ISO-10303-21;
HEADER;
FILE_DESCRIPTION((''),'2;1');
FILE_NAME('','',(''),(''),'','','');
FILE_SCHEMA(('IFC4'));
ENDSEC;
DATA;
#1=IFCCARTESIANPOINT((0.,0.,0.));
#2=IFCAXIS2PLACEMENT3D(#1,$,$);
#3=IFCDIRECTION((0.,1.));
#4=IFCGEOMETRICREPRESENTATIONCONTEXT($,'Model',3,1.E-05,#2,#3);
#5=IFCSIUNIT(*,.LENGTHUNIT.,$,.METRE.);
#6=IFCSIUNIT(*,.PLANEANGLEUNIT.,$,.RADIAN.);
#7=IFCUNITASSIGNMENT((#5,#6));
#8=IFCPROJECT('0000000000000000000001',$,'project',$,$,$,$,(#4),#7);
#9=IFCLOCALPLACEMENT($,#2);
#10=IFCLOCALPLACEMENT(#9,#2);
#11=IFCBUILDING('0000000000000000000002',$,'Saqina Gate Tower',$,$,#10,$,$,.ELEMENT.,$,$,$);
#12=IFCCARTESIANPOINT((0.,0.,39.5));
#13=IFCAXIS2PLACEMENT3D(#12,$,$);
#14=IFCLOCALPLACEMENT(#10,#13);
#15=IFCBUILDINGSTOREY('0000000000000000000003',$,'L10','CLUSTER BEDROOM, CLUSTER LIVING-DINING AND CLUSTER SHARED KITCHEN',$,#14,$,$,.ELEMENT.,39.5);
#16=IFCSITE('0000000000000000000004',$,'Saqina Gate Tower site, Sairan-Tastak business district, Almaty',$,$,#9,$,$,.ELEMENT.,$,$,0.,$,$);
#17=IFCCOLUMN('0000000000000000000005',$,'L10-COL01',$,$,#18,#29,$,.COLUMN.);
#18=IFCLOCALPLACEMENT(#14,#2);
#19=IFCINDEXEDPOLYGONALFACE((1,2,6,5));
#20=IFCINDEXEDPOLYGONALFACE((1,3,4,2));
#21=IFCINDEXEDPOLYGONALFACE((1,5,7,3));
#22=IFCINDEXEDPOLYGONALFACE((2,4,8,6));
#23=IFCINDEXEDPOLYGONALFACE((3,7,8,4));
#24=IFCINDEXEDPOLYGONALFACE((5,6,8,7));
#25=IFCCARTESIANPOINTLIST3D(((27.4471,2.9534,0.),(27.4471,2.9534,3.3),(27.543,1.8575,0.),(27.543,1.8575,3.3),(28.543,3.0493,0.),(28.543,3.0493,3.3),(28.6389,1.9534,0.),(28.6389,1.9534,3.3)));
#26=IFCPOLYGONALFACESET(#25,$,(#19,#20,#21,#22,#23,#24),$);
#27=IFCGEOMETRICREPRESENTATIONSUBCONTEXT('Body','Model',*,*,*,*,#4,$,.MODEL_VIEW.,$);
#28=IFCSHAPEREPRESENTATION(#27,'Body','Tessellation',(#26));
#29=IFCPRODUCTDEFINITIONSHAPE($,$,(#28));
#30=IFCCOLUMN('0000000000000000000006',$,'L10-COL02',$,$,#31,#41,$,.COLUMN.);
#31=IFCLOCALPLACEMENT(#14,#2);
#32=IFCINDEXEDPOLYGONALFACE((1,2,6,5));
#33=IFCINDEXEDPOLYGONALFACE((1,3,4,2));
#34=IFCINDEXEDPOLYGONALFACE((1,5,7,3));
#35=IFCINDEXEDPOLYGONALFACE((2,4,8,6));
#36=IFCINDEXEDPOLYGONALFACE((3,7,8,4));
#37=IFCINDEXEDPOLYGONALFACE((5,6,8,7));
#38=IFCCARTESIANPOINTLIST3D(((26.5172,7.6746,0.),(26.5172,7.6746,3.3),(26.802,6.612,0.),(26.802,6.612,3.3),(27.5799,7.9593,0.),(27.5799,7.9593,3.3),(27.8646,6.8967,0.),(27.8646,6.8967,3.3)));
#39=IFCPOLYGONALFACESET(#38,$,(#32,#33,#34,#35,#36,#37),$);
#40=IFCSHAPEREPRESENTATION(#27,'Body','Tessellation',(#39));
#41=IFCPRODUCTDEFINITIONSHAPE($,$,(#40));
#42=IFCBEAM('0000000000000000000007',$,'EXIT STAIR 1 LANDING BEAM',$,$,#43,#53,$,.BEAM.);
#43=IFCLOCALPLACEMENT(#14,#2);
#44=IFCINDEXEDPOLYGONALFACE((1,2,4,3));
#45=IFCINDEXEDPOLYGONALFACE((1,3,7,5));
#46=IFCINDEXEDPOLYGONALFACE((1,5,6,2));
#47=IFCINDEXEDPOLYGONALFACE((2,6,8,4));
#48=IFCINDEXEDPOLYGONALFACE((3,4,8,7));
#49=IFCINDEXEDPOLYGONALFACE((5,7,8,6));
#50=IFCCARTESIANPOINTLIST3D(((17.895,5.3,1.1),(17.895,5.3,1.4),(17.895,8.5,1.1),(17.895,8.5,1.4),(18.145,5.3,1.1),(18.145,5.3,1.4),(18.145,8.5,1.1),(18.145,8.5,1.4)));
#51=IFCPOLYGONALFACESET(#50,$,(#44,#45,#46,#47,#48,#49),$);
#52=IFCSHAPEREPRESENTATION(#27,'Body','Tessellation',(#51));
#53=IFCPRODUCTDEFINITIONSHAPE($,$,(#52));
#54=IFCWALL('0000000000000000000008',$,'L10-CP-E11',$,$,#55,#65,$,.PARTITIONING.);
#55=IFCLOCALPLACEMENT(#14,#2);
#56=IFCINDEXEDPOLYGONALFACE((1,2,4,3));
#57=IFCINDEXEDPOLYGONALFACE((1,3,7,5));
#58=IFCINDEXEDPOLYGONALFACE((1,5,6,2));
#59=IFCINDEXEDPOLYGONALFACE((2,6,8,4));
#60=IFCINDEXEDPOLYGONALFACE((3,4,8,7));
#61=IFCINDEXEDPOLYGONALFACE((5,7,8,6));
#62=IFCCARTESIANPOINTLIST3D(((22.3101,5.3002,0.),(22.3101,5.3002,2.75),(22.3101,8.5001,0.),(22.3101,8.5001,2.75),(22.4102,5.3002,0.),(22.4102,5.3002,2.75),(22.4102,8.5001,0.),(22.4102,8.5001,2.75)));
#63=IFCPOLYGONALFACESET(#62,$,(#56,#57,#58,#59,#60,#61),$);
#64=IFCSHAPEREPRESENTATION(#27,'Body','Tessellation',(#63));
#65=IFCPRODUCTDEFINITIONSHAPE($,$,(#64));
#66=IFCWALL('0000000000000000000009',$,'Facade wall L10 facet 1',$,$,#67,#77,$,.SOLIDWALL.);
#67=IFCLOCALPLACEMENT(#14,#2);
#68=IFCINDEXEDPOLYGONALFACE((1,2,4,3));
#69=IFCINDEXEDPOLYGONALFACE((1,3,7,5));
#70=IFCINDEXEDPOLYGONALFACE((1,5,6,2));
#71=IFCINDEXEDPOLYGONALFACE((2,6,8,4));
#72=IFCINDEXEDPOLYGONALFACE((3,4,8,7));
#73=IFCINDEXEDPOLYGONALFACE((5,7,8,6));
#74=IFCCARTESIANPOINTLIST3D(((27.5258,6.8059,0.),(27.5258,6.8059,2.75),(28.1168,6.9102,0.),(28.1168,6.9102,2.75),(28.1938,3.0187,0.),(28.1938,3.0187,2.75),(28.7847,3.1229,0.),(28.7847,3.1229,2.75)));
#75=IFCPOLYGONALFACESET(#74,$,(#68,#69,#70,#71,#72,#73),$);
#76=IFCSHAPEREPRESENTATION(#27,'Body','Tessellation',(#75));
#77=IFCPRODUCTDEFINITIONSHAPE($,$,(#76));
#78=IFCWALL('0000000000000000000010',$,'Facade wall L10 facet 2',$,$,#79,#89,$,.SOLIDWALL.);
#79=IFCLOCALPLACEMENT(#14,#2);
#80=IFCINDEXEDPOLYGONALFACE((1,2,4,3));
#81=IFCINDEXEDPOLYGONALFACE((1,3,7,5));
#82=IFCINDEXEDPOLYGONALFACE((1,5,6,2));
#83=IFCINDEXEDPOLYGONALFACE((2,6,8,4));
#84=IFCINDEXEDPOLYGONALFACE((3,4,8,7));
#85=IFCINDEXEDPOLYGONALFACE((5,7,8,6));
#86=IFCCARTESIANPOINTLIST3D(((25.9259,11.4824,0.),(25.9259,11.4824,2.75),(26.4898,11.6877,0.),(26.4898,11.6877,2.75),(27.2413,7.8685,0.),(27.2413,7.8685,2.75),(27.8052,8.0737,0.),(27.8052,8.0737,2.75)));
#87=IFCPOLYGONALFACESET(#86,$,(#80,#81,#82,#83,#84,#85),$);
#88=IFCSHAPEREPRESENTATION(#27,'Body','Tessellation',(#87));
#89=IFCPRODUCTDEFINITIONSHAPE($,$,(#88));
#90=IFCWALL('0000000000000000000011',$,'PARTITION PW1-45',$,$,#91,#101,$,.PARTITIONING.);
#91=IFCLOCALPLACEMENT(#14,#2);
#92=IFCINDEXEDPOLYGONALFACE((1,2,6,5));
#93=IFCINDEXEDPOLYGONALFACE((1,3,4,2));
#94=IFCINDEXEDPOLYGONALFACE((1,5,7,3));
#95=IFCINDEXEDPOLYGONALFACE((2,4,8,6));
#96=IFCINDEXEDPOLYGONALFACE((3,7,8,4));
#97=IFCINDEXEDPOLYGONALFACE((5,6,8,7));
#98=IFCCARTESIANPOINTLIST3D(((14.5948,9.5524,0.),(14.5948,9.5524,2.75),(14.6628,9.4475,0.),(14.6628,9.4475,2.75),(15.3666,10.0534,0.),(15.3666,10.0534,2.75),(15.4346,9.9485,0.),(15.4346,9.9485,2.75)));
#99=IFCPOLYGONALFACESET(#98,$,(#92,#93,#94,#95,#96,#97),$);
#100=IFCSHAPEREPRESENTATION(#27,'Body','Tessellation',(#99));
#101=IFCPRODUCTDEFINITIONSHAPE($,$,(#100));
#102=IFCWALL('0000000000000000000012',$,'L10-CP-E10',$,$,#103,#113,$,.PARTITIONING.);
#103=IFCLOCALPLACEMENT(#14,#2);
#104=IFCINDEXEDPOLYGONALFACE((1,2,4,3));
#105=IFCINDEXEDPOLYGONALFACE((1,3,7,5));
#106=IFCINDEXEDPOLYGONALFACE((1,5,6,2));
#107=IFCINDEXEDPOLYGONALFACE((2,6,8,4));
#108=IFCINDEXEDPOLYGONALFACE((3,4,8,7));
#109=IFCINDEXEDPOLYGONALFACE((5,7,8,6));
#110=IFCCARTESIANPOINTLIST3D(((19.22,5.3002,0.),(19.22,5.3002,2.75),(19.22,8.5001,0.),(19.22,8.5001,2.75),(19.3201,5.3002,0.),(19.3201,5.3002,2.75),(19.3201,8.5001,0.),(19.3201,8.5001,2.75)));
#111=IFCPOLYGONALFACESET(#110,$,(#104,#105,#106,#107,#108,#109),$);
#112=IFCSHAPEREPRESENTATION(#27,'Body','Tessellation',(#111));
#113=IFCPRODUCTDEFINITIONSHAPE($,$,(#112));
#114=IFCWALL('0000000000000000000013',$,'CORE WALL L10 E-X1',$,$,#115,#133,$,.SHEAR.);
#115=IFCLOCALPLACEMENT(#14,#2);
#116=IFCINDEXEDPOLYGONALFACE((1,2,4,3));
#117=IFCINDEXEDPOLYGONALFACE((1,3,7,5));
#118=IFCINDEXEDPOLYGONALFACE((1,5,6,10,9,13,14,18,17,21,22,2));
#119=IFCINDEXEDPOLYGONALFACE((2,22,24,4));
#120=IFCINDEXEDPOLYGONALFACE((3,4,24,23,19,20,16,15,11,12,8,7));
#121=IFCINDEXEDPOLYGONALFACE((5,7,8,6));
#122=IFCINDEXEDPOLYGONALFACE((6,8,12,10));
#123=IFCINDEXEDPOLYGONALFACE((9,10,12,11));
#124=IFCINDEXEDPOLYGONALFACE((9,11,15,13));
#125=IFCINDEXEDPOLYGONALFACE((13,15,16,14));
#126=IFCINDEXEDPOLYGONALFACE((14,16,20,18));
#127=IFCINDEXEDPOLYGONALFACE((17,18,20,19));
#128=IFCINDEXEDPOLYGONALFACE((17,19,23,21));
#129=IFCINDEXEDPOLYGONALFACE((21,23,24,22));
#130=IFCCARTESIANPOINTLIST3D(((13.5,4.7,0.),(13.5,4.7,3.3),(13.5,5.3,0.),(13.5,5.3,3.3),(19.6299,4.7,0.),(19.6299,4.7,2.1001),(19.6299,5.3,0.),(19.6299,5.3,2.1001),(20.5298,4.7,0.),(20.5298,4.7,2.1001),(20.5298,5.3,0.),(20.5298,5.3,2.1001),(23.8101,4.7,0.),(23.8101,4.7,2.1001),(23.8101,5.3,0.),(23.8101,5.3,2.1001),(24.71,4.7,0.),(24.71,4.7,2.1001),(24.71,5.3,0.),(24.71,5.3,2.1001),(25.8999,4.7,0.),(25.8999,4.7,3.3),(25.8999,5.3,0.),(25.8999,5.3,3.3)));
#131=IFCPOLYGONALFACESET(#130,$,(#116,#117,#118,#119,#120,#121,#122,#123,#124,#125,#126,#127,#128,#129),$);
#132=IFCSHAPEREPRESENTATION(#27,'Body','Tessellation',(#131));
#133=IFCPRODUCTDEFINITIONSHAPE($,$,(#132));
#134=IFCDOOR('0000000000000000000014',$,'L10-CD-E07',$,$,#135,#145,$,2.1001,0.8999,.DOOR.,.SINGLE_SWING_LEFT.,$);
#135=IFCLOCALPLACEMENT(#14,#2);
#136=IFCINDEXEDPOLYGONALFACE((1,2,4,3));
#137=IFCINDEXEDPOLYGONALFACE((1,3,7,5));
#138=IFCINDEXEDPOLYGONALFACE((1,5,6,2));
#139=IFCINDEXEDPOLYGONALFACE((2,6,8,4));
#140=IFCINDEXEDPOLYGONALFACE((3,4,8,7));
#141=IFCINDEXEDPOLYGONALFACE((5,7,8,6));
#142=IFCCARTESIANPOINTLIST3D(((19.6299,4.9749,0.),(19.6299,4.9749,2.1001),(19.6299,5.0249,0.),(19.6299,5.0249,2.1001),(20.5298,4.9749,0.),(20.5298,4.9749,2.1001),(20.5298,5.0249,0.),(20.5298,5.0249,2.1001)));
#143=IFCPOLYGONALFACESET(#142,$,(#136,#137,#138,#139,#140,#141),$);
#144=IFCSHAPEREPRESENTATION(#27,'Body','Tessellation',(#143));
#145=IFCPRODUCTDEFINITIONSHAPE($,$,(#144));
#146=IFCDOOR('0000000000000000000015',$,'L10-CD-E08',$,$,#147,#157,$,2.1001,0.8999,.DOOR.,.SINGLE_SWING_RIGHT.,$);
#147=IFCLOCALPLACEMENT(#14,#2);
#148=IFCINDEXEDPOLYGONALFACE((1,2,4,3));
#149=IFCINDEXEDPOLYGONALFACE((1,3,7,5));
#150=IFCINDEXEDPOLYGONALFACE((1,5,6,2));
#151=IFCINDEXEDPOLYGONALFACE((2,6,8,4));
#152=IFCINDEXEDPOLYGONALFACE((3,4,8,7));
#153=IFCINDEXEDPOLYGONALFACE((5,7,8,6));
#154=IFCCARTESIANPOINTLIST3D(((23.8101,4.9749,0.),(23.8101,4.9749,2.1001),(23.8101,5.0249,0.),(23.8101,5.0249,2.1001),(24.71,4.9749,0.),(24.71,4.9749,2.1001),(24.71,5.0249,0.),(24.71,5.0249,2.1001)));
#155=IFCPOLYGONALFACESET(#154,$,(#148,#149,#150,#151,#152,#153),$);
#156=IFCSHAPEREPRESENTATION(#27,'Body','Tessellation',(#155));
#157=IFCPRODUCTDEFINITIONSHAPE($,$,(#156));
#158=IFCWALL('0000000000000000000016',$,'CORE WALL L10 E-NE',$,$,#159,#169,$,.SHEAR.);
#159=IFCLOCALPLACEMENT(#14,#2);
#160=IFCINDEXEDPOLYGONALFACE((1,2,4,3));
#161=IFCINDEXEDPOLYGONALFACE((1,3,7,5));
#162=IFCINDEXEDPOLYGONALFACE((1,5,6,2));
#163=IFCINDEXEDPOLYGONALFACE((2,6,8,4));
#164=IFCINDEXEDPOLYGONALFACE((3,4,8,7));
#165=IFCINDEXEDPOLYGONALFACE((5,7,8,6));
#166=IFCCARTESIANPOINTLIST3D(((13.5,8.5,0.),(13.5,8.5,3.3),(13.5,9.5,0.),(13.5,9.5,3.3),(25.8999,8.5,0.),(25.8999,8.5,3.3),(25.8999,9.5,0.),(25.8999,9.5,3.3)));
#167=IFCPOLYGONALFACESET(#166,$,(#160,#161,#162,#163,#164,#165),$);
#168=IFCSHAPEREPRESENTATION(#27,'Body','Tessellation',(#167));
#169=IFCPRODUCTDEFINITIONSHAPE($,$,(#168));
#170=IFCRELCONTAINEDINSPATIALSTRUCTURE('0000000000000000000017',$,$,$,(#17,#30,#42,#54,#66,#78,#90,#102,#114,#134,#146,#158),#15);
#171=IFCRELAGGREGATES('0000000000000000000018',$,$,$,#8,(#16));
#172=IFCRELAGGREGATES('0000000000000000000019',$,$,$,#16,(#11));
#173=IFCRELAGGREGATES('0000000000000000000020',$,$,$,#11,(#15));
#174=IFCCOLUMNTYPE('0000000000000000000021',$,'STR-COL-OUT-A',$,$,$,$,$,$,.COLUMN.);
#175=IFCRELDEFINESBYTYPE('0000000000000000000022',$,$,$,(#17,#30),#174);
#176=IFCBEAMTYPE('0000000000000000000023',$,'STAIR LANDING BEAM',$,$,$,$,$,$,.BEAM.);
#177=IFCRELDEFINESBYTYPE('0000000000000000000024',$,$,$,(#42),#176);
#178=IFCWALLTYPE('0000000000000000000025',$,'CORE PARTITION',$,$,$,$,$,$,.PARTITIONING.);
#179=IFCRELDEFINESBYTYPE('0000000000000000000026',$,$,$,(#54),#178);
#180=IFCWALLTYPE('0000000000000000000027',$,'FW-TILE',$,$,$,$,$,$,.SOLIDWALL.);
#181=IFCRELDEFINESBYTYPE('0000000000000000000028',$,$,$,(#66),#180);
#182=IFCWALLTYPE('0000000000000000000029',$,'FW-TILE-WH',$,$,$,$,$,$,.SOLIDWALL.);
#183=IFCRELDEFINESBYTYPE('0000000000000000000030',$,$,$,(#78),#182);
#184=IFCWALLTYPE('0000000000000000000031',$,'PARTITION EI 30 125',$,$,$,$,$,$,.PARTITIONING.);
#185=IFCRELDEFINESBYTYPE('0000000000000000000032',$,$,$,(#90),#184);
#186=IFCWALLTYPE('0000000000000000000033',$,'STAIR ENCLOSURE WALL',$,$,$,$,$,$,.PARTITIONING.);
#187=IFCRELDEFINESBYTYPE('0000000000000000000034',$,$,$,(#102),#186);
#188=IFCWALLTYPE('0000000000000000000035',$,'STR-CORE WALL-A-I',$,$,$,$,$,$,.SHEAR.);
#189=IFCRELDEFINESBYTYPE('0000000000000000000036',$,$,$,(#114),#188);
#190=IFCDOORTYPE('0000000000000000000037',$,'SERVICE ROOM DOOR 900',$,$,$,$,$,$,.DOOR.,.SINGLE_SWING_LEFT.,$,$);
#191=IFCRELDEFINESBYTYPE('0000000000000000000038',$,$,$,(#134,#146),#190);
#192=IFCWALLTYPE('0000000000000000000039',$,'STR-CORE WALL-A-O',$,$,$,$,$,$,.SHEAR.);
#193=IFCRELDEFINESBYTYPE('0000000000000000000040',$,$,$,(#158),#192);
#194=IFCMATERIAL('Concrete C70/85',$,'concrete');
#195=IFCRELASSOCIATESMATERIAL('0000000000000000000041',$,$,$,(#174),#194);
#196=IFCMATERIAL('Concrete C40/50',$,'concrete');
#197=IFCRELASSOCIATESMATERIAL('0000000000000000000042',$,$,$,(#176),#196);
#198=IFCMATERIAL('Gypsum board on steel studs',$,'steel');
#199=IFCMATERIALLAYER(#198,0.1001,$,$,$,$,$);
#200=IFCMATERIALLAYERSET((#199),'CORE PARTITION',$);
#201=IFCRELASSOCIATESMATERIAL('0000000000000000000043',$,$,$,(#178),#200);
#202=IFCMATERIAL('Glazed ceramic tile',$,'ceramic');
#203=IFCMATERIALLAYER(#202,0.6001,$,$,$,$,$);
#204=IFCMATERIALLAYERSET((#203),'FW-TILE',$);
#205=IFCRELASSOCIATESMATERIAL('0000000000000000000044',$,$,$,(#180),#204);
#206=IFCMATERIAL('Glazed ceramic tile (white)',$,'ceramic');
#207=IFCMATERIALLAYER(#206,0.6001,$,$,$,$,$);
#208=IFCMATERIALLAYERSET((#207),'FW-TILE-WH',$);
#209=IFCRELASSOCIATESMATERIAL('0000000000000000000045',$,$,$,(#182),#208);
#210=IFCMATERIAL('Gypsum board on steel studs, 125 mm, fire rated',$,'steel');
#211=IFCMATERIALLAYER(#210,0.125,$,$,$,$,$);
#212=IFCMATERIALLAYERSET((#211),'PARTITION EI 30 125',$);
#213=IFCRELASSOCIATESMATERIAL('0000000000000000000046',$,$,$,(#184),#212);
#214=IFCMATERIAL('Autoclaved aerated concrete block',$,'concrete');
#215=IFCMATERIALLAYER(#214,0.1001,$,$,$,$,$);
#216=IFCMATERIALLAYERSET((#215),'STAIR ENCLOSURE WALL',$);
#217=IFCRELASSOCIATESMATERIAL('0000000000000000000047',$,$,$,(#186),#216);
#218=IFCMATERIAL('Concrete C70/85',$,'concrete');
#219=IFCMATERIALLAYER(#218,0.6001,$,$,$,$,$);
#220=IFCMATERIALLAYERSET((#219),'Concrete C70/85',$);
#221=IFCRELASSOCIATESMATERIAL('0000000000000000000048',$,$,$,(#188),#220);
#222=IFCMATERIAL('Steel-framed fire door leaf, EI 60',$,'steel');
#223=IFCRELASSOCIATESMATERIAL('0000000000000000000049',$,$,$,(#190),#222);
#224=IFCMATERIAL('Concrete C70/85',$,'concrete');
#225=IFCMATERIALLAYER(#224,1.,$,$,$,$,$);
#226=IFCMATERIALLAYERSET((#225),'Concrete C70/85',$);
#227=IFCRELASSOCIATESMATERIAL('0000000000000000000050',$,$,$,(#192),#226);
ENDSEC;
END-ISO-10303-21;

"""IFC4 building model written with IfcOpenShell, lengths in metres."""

from ifc_helpers import new_model, si_unit, direction, frame, frame_2d, origin, origin_2d, place, context, subcontext, project, spatial, rectangle, extrude, material, layer, layer_set, material_profile, profile_set, type_object, element, fill, save


model = new_model("IFC4")

# Units and contexts
model_context = context("Model", 3, precision=1e-05, world=origin(), true_north=direction((0.0, 1.0)))
body_context = subcontext(model_context, "Body", "Model", "MODEL_VIEW")
ifc_project = project(units=[si_unit("LENGTHUNIT", "METRE"), si_unit("PLANEANGLEUNIT", "RADIAN")], contexts=[model_context])

# Site, building, storey
site_placement = place(None, origin())
site = spatial("IfcSite", under=ifc_project, at=site_placement, Name="Saqina Gate Tower site, Sairan-Tastak business district, Almaty", CompositionType="ELEMENT", RefElevation=0.0)
building_placement = place(site_placement, origin())
building = spatial("IfcBuilding", under=site, at=building_placement, Name="Saqina Gate Tower", CompositionType="ELEMENT")
storey_placement = place(building_placement, frame((0.0, 0.0, 39.5)))
storey = spatial("IfcBuildingStorey", under=building, at=storey_placement, Name="L10", Description="CLUSTER BEDROOM, CLUSTER LIVING-DINING AND CLUSTER SHARED KITCHEN", CompositionType="ELEMENT", Elevation=39.5)

# Columns
ifc_material_1 = material(Name="Concrete C70/85", Category="concrete")
ifc_material_profile_1 = material_profile(ifc_material_1, rectangle(XDim=1.1001, YDim=1.1001, at=origin_2d()), Name="RC 1100x1100")
ifc_profile_set_1 = profile_set([ifc_material_profile_1], Name="Concrete C70/85")
column_type = type_object("IfcColumnType", Name="STR-COL-OUT-A", PredefinedType="COLUMN", material=ifc_profile_set_1)
for number, where, z_axis, x_axis, name in (
    (1, (28.043, 2.4534, 0.0), (0.0, 0.0, 1.0), (0.996195, 0.087156, 0.0), "L10-COL01"),
    (2, (27.1909, 7.2856, 0.0), (0.0, 0.0, 1.0), (0.965926, 0.258819, 0.0), "L10-COL02"),
):
    element("IfcColumn", number, at=place(storey_placement, frame(where, z_axis=z_axis, x_axis=x_axis)), inside=storey, type_object=column_type, Name=name, PredefinedType="COLUMN", context=body_context, shape_type="SweptSolid", body=[
        extrude(rectangle(XDim=1.1001, YDim=1.1001, at=origin_2d()), origin(), (0.0, 0.0, 1.0), 3.3),
    ])

# Beam
ifc_material_2 = material(Name="Concrete C40/50", Category="concrete")
ifc_material_profile_2 = material_profile(ifc_material_2, rectangle(XDim=0.25, YDim=0.3, at=origin_2d()), Name="STAIR LANDING BEAM")
ifc_profile_set_2 = profile_set([ifc_material_profile_2], Name="Concrete C40/50")
beam_type = type_object("IfcBeamType", Name="STAIR LANDING BEAM", PredefinedType="BEAM", material=ifc_profile_set_2)
beam_placement = place(storey_placement, frame((18.02, 5.3, 1.25), z_axis=(0.0, 1.0, 0.0), x_axis=(-1.0, 0.0, 0.0)))
element("IfcBeam", 3, at=beam_placement, inside=storey, type_object=beam_type, Name="EXIT STAIR 1 LANDING BEAM", PredefinedType="BEAM", context=body_context, shape_type="SweptSolid", body=[
    extrude(rectangle(XDim=0.25, YDim=0.3, at=origin_2d()), origin(), (0.0, 0.0, 1.0), 3.2),
])

# Walls
ifc_material_3 = material(Name="Gypsum board on steel studs", Category="steel")
ifc_layer_1 = layer(ifc_material_3, 0.1001)
ifc_layer_set_1 = layer_set([ifc_layer_1], Name="CORE PARTITION")
wall_type_1 = type_object("IfcWallType", Name="CORE PARTITION", PredefinedType="PARTITIONING", material=ifc_layer_set_1)
wall_1_placement = place(storey_placement, frame((22.3601, 5.3, 0.0), z_axis=(0.0, 0.0, 1.0), x_axis=(0.0, 1.0, 0.0)))
element("IfcWall", 4, at=wall_1_placement, inside=storey, type_object=wall_type_1, Name="L10-CP-E11", PredefinedType="PARTITIONING", context=body_context, shape_type="SweptSolid", body=[
    extrude(rectangle(XDim=3.2, YDim=0.1001, at=frame_2d((1.6001, 0.0))), origin(), (0.0, 0.0, 1.0), 2.75),
])
ifc_material_4 = material(Name="Glazed ceramic tile", Category="ceramic")
ifc_layer_2 = layer(ifc_material_4, 0.6001)
ifc_layer_set_2 = layer_set([ifc_layer_2], Name="FW-TILE")
wall_type_2 = type_object("IfcWallType", Name="FW-TILE", PredefinedType="SOLIDWALL", material=ifc_layer_set_2)
wall_2_placement = place(storey_placement, frame((28.4893, 3.0708, 0.0), z_axis=(0.0, 0.0, 1.0), x_axis=(-0.173688, 0.984801, 0.0)))
element("IfcWall", 5, at=wall_2_placement, inside=storey, type_object=wall_type_2, Name="Facade wall L10 facet 1", PredefinedType="SOLIDWALL", context=body_context, shape_type="SweptSolid", body=[
    extrude(rectangle(XDim=3.8457, YDim=0.6001, at=frame_2d((1.9229, 0.0))), origin(), (0.0, 0.0, 1.0), 2.75),
])
ifc_material_5 = material(Name="Glazed ceramic tile (white)", Category="ceramic")
ifc_layer_3 = layer(ifc_material_5, 0.6001)
ifc_layer_set_3 = layer_set([ifc_layer_3], Name="FW-TILE-WH")
wall_type_3 = type_object("IfcWallType", Name="FW-TILE-WH", PredefinedType="SOLIDWALL", material=ifc_layer_set_3)
wall_3_placement = place(storey_placement, frame((27.5232, 7.9712, 0.0), z_axis=(0.0, 0.0, 1.0), x_axis=(-0.342028, 0.93969, 0.0)))
element("IfcWall", 6, at=wall_3_placement, inside=storey, type_object=wall_type_3, Name="Facade wall L10 facet 2", PredefinedType="SOLIDWALL", context=body_context, shape_type="SweptSolid", body=[
    extrude(rectangle(XDim=3.8459, YDim=0.6001, at=frame_2d((1.9229, 0.0))), origin(), (0.0, 0.0, 1.0), 2.75),
])
ifc_material_6 = material(Name="Gypsum board on steel studs, 125 mm, fire rated", Category="steel")
ifc_layer_4 = layer(ifc_material_6, 0.125)
ifc_layer_set_4 = layer_set([ifc_layer_4], Name="PARTITION EI 30 125")
wall_type_4 = type_object("IfcWallType", Name="PARTITION EI 30 125", PredefinedType="PARTITIONING", material=ifc_layer_set_4)
wall_4_placement = place(storey_placement, frame((14.6289, 9.5, 0.0), z_axis=(0.0, 0.0, 1.0), x_axis=(0.838765, 0.544494, 0.0)))
element("IfcWall", 7, at=wall_4_placement, inside=storey, type_object=wall_type_4, Name="PARTITION PW1-45", PredefinedType="PARTITIONING", context=body_context, shape_type="SweptSolid", body=[
    extrude(rectangle(XDim=0.9202, YDim=0.125, at=frame_2d((0.46, 0.0))), origin(), (0.0, 0.0, 1.0), 2.75),
])
ifc_material_7 = material(Name="Autoclaved aerated concrete block", Category="concrete")
ifc_layer_5 = layer(ifc_material_7, 0.1001)
ifc_layer_set_5 = layer_set([ifc_layer_5], Name="STAIR ENCLOSURE WALL")
wall_type_5 = type_object("IfcWallType", Name="STAIR ENCLOSURE WALL", PredefinedType="PARTITIONING", material=ifc_layer_set_5)
wall_5_placement = place(storey_placement, frame((19.27, 5.3, 0.0), z_axis=(0.0, 0.0, 1.0), x_axis=(0.0, 1.0, 0.0)))
element("IfcWall", 8, at=wall_5_placement, inside=storey, type_object=wall_type_5, Name="L10-CP-E10", PredefinedType="PARTITIONING", context=body_context, shape_type="SweptSolid", body=[
    extrude(rectangle(XDim=3.2, YDim=0.1001, at=frame_2d((1.6001, 0.0))), origin(), (0.0, 0.0, 1.0), 2.75),
])

# Wall, openings, doors
ifc_material_8 = material(Name="Concrete C70/85", Category="concrete")
ifc_layer_6 = layer(ifc_material_8, 0.6001)
ifc_layer_set_6 = layer_set([ifc_layer_6], Name="Concrete C70/85")
wall_type_6 = type_object("IfcWallType", Name="STR-CORE WALL-A-I", PredefinedType="SHEAR", material=ifc_layer_set_6)
wall_6_placement = place(storey_placement, frame((13.5, 5.0, 0.0), z_axis=(0.0, 0.0, 1.0), x_axis=(1.0, 0.0, 0.0)))
wall_6 = element("IfcWall", 9, at=wall_6_placement, inside=storey, type_object=wall_type_6, Name="CORE WALL L10 E-X1", PredefinedType="SHEAR", context=body_context, shape_type="SweptSolid", body=[
    extrude(rectangle(XDim=12.3999, YDim=0.6001, at=frame_2d((6.2, 0.0))), origin(), (0.0, 0.0, 1.0), 3.3),
])
opening_1_placement = place(wall_6_placement, frame((6.1299, 0.0, 0.0)))
opening_1 = element("IfcOpeningElement", 10, at=opening_1_placement, cuts=wall_6, PredefinedType="OPENING", context=body_context, shape_type="SweptSolid", body=[
    extrude(rectangle(XDim=0.8999, YDim=2.1001, at=frame_2d((0.45, 1.05))), frame((0.0, 0.312, 0.0), z_axis=(0.0, -1.0, 0.0), x_axis=(1.0, 0.0, 0.0)), (0.0, 0.0, 1.0), 0.624),
])
opening_2_placement = place(wall_6_placement, frame((10.3101, 0.0, 0.0)))
opening_2 = element("IfcOpeningElement", 11, at=opening_2_placement, cuts=wall_6, PredefinedType="OPENING", context=body_context, shape_type="SweptSolid", body=[
    extrude(rectangle(XDim=0.8999, YDim=2.1001, at=frame_2d((0.45, 1.05))), frame((0.0, 0.312, 0.0), z_axis=(0.0, -1.0, 0.0), x_axis=(1.0, 0.0, 0.0)), (0.0, 0.0, 1.0), 0.624),
])
ifc_material_9 = material(Name="Steel-framed fire door leaf, EI 60", Category="steel")
door_type = type_object("IfcDoorType", Name="SERVICE ROOM DOOR 900", OperationType="SINGLE_SWING_LEFT", PredefinedType="DOOR", material=ifc_material_9)
door_1_placement = place(opening_1_placement, origin())
door_1 = element("IfcDoor", 12, at=door_1_placement, inside=storey, type_object=door_type, Name="L10-CD-E07", OperationType="SINGLE_SWING_LEFT", OverallHeight=2.1001, OverallWidth=0.8999, PredefinedType="DOOR", context=body_context, shape_type="SweptSolid", body=[
    extrude(rectangle(XDim=0.8999, YDim=2.1001, at=frame_2d((0.45, 1.05))), frame((0.0, 0.0249, 0.0), z_axis=(0.0, -1.0, 0.0), x_axis=(1.0, 0.0, 0.0)), (0.0, 0.0, 1.0), 0.05),
])
fill(opening_1, door_1)
door_2_placement = place(opening_2_placement, origin())
door_2 = element("IfcDoor", 13, at=door_2_placement, inside=storey, type_object=door_type, Name="L10-CD-E08", OperationType="SINGLE_SWING_RIGHT", OverallHeight=2.1001, OverallWidth=0.8999, PredefinedType="DOOR", context=body_context, shape_type="SweptSolid", body=[
    extrude(rectangle(XDim=0.8999, YDim=2.1001, at=frame_2d((0.45, 1.05))), frame((0.0, 0.0249, 0.0), z_axis=(0.0, -1.0, 0.0), x_axis=(1.0, 0.0, 0.0)), (0.0, 0.0, 1.0), 0.05),
])
fill(opening_2, door_2)

# Wall
ifc_material_10 = material(Name="Concrete C70/85", Category="concrete")
ifc_layer_7 = layer(ifc_material_10, 1.0)
ifc_layer_set_7 = layer_set([ifc_layer_7], Name="Concrete C70/85")
wall_type_7 = type_object("IfcWallType", Name="STR-CORE WALL-A-O", PredefinedType="SHEAR", material=ifc_layer_set_7)
wall_7_placement = place(storey_placement, frame((13.5, 9.0, 0.0), z_axis=(0.0, 0.0, 1.0), x_axis=(1.0, 0.0, 0.0)))
element("IfcWall", 14, at=wall_7_placement, inside=storey, type_object=wall_type_7, Name="CORE WALL L10 E-NE", PredefinedType="SHEAR", context=body_context, shape_type="SweptSolid", body=[
    extrude(rectangle(XDim=12.3999, YDim=1.0, at=frame_2d((6.2, 0.0))), origin(), (0.0, 0.0, 1.0), 3.3),
])

save(model, "model.ifc")
